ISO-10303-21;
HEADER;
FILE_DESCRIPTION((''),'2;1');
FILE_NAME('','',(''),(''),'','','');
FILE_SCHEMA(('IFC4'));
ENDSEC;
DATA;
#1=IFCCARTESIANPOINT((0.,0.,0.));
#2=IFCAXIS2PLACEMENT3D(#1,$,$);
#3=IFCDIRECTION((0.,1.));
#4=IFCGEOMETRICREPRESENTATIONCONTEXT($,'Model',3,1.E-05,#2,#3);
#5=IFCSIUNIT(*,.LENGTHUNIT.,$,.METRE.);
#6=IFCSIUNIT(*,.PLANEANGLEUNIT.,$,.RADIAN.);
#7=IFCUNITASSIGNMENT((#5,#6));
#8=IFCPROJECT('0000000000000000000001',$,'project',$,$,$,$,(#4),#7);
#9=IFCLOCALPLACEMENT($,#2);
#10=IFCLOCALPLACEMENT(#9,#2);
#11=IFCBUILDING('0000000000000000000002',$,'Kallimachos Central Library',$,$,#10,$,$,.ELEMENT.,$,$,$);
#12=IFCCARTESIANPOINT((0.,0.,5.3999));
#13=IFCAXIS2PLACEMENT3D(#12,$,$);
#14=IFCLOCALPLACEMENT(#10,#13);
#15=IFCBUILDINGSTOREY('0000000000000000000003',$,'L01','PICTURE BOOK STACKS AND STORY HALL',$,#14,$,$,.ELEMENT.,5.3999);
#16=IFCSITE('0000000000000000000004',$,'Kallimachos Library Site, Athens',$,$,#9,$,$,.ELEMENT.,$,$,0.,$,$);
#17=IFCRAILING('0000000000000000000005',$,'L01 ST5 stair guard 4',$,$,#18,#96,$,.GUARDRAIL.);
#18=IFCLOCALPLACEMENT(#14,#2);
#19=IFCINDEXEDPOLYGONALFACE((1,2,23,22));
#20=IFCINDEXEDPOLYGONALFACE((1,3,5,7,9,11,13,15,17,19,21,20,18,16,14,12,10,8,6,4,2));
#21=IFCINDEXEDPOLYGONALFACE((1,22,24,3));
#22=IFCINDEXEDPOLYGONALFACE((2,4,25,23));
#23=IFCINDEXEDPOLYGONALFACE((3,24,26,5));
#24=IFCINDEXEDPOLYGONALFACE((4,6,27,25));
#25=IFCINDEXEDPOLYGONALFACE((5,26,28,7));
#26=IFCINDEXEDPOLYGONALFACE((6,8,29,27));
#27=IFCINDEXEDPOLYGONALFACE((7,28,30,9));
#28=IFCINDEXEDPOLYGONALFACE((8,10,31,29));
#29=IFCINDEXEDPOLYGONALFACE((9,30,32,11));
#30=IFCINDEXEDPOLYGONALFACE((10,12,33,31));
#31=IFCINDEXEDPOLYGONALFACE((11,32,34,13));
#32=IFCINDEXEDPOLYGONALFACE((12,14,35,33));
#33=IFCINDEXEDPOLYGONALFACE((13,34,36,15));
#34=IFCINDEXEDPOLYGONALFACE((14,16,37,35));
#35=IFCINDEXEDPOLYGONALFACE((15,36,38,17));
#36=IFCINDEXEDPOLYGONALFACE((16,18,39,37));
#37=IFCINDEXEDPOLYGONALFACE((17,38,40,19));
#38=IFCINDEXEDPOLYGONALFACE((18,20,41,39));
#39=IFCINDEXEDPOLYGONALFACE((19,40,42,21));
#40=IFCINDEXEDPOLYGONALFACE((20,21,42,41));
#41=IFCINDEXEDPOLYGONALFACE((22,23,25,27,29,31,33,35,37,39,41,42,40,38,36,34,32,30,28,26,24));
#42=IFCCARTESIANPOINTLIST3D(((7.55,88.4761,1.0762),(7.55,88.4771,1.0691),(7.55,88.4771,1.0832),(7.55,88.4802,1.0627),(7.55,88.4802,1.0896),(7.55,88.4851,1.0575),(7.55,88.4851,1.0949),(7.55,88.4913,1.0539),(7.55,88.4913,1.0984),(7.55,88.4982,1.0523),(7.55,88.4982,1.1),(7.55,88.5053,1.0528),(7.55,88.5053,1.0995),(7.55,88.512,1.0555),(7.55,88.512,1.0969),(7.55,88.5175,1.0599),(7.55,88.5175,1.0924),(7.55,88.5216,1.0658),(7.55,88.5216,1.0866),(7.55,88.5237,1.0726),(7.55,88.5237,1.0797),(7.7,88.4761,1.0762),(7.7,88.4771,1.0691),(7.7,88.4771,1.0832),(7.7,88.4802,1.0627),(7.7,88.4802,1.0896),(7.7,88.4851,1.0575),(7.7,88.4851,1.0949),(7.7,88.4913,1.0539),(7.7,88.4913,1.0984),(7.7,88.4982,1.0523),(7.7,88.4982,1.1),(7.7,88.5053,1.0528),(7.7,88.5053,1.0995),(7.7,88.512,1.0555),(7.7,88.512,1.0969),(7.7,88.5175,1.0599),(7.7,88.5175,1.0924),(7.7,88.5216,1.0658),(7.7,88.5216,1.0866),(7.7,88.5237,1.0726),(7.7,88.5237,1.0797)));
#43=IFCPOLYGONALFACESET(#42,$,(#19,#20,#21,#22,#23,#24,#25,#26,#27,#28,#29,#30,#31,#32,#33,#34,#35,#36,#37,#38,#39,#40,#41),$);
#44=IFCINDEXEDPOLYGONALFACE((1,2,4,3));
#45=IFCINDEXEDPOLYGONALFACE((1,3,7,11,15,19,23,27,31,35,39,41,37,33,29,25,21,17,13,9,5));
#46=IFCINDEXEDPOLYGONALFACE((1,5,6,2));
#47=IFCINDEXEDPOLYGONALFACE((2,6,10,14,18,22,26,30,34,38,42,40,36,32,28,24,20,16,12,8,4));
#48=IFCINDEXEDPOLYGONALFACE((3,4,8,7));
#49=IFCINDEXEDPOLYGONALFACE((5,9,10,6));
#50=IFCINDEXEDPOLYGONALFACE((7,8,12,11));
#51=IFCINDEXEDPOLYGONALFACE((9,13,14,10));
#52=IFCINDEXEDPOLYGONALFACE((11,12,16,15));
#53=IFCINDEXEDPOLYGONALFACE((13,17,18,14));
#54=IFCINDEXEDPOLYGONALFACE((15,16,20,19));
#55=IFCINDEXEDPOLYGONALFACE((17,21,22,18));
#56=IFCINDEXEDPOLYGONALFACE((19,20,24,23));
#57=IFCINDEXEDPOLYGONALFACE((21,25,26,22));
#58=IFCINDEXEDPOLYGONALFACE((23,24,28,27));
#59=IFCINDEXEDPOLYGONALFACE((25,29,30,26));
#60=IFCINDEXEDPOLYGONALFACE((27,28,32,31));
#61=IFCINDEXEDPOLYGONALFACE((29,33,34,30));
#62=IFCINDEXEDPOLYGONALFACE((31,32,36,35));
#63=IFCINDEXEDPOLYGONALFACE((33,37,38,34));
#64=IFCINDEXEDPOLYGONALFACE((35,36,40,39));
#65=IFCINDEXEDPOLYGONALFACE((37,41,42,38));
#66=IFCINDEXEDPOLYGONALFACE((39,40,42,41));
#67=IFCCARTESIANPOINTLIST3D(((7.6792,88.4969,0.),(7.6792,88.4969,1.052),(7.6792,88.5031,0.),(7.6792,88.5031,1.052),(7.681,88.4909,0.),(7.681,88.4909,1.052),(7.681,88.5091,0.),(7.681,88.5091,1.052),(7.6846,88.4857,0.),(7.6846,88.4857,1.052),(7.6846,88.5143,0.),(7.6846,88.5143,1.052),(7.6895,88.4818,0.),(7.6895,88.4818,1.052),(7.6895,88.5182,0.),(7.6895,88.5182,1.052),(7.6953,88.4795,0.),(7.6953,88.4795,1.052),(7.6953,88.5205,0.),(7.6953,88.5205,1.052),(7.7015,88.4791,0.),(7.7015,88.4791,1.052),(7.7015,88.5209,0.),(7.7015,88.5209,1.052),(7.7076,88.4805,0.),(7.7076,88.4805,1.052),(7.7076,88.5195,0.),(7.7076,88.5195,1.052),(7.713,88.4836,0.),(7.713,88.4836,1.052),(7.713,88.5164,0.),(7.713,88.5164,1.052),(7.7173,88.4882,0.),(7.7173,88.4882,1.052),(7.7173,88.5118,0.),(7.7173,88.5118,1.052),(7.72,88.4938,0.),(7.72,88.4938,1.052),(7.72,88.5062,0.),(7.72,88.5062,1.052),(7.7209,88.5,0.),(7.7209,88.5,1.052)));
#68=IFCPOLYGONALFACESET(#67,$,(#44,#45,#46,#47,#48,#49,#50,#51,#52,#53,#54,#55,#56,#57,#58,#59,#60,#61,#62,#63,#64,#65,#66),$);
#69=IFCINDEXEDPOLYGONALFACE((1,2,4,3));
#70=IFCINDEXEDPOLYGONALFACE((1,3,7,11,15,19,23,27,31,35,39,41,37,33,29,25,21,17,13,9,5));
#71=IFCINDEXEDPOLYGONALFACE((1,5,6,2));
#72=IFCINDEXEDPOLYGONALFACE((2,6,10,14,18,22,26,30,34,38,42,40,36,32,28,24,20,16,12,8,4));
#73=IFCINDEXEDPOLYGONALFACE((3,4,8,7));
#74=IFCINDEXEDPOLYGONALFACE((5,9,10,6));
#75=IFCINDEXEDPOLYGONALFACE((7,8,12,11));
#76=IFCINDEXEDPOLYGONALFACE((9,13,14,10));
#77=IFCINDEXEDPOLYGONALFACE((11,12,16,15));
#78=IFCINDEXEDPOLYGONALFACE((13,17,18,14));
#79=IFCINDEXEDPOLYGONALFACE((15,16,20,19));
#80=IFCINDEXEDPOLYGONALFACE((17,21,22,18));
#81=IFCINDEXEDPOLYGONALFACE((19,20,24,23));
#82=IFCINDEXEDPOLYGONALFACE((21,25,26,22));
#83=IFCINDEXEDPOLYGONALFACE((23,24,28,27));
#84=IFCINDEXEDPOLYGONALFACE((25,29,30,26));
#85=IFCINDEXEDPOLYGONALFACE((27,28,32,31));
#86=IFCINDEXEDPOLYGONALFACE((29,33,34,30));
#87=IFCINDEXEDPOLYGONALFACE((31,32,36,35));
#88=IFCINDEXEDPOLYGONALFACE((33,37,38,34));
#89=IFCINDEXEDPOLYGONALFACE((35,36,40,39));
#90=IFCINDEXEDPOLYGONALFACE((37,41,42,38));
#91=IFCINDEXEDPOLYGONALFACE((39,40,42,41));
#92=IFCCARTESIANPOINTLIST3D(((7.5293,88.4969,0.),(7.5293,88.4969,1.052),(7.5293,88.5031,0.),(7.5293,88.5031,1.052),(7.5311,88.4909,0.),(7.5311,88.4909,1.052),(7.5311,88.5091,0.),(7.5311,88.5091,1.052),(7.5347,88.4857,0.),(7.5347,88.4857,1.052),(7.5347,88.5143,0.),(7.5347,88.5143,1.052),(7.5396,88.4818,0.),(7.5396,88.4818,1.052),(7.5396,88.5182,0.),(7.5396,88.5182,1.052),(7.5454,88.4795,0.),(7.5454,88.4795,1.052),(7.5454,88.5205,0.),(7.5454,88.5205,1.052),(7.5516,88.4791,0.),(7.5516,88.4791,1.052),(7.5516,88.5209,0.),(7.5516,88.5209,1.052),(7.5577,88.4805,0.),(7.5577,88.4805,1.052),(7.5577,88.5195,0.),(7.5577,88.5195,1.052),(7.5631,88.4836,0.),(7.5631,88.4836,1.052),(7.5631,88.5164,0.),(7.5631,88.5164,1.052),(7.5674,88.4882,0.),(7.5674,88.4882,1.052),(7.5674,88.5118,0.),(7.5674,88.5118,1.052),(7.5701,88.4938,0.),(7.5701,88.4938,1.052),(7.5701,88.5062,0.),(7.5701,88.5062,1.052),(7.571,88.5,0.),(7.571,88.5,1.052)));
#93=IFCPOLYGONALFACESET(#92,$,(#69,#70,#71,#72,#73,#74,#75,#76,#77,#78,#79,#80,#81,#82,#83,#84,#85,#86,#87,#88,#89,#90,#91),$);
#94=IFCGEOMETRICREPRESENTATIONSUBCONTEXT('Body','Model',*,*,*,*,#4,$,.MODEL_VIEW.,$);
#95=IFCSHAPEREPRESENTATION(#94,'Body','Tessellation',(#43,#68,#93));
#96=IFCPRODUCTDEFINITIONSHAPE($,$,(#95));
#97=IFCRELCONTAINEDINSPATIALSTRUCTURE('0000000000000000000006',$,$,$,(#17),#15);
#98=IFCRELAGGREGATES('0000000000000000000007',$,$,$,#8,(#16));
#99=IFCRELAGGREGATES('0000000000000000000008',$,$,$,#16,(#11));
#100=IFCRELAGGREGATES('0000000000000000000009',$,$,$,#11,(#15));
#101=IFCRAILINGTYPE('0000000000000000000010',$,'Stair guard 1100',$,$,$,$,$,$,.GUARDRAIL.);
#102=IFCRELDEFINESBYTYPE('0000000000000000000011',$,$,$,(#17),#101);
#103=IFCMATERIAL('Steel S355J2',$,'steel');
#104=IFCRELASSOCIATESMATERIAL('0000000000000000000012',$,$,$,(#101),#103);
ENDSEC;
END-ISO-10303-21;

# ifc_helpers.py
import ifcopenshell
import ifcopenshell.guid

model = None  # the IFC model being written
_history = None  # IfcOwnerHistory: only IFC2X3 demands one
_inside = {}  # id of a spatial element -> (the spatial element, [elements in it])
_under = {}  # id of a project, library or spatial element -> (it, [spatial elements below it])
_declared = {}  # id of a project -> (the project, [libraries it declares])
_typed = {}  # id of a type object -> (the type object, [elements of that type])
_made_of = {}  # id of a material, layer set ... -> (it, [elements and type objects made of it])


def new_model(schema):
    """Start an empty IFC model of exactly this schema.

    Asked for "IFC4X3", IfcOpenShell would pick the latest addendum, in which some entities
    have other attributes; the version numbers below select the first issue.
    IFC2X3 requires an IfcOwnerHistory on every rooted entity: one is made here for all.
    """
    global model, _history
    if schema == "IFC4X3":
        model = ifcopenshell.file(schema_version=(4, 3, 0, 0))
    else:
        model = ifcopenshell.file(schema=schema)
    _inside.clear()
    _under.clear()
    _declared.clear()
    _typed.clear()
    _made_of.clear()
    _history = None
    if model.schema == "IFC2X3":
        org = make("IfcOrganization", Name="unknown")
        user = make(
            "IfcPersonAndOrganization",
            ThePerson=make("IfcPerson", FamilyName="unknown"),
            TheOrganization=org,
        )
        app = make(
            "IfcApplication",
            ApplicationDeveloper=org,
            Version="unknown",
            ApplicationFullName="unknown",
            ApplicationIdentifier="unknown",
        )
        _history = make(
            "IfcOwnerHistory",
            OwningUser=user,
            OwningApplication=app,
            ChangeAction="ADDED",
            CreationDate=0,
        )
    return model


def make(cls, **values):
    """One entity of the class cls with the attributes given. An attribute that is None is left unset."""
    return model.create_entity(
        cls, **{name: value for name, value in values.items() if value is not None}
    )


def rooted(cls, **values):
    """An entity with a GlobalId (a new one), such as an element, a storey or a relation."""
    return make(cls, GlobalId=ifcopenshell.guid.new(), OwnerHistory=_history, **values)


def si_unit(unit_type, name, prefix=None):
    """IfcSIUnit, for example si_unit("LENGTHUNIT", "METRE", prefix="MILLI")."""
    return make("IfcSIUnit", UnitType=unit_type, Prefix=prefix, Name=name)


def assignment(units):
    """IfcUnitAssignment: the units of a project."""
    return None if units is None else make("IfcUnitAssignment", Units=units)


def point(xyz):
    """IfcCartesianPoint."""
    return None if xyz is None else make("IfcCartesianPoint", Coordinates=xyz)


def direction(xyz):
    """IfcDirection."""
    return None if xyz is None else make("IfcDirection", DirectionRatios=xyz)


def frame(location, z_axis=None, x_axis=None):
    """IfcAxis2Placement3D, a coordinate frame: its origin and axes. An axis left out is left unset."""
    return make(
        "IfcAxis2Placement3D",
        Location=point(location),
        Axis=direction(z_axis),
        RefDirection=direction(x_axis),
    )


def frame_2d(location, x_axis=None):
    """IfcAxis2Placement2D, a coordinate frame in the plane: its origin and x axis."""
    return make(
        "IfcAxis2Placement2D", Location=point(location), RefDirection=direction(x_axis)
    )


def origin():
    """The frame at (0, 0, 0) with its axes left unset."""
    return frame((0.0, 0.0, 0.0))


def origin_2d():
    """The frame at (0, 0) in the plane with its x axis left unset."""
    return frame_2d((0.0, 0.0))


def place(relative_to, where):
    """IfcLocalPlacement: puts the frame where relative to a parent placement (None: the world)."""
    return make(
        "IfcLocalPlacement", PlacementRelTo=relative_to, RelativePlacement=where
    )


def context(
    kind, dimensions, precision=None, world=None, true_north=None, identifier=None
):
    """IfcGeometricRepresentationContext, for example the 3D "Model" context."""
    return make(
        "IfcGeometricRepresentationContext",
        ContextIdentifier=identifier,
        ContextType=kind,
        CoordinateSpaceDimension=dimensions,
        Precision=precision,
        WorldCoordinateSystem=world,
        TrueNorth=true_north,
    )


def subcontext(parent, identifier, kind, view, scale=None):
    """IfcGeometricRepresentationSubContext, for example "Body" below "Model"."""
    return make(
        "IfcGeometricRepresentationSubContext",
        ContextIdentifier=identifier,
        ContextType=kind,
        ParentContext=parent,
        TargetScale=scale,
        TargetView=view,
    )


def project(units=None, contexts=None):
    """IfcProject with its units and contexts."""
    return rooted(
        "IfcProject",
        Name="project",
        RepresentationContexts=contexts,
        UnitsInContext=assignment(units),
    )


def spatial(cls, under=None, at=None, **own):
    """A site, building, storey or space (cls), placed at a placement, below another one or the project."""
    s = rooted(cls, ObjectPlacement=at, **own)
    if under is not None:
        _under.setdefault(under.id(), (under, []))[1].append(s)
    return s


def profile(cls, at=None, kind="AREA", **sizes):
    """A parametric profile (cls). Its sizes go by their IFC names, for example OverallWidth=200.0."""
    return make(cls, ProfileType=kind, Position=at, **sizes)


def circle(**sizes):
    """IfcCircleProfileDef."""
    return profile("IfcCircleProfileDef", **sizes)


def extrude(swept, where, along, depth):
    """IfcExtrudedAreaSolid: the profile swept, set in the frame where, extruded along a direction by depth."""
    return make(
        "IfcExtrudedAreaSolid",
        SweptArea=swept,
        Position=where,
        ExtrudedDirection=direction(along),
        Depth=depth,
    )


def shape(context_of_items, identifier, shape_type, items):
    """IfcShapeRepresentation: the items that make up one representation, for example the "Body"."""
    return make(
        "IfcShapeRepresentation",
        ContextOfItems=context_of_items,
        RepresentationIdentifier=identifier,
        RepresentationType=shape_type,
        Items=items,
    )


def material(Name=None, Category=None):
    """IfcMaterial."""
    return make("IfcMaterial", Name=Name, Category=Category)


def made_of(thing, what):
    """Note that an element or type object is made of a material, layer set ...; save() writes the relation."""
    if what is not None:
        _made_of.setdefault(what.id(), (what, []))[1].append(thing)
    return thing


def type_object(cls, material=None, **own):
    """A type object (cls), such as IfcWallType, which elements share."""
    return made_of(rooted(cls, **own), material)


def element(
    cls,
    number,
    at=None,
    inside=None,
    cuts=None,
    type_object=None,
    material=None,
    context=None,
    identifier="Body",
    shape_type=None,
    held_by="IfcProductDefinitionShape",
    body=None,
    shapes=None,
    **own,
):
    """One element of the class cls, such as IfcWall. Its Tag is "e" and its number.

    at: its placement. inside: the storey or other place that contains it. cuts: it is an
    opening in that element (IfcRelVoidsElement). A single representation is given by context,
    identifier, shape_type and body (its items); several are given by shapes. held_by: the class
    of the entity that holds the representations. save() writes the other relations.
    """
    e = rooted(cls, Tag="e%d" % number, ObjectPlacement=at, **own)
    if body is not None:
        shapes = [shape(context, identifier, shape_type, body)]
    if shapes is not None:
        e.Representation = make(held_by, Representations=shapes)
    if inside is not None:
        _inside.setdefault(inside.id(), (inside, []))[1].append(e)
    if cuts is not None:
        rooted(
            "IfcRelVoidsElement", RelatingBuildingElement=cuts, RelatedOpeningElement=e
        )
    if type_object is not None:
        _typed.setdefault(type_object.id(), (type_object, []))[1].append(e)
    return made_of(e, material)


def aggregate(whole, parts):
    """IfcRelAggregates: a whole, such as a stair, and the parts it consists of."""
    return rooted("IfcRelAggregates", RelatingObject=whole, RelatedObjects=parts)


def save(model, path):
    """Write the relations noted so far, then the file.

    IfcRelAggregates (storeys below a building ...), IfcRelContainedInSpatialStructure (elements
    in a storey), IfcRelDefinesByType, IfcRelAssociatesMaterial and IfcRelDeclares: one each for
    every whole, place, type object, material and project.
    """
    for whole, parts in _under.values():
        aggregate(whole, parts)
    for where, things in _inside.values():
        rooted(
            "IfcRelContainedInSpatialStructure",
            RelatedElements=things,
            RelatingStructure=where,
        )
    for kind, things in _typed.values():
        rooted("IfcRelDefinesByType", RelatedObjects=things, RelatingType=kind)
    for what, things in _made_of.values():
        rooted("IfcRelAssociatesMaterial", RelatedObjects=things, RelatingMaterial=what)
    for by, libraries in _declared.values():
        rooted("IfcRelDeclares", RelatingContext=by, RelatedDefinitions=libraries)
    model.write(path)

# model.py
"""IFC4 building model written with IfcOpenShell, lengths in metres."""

from ifc_helpers import new_model, si_unit, direction, frame, origin, origin_2d, place, context, subcontext, project, spatial, circle, extrude, material, type_object, element, save


model = new_model("IFC4")

# Units and contexts
model_context = context("Model", 3, precision=1e-05, world=origin(), true_north=direction((0.0, 1.0)))
body_context = subcontext(model_context, "Body", "Model", "MODEL_VIEW")
ifc_project = project(units=[si_unit("LENGTHUNIT", "METRE"), si_unit("PLANEANGLEUNIT", "RADIAN")], contexts=[model_context])

# Site, building, storey
site_placement = place(None, origin())
site = spatial("IfcSite", under=ifc_project, at=site_placement, Name="Kallimachos Library Site, Athens", CompositionType="ELEMENT", RefElevation=0.0)
building_placement = place(site_placement, origin())
building = spatial("IfcBuilding", under=site, at=building_placement, Name="Kallimachos Central Library", CompositionType="ELEMENT")
storey_placement = place(building_placement, frame((0.0, 0.0, 5.3999)))
storey = spatial("IfcBuildingStorey", under=building, at=storey_placement, Name="L01", Description="PICTURE BOOK STACKS AND STORY HALL", CompositionType="ELEMENT", Elevation=5.3999)

# Railing
ifc_material_1 = material(Name="Steel S355J2", Category="steel")
railing_type_1 = type_object("IfcRailingType", Name="Stair guard 1100", PredefinedType="GUARDRAIL", material=ifc_material_1)
railing_1_placement = place(storey_placement, frame((7.7, 88.5, 0.0)))
element("IfcRailing", 1, at=railing_1_placement, inside=storey, type_object=railing_type_1, Name="L01 ST5 stair guard 4", PredefinedType="GUARDRAIL", context=body_context, shape_type="SweptSolid", body=[
    extrude(circle(Radius=0.0239, at=origin_2d()), frame((0.0, 0.0, 1.0762), z_axis=(-1.0, 0.0, 0.0), x_axis=(0.0, -1.0, 0.0)), (0.0, 0.0, 1.0), 0.1499),
    extrude(circle(Radius=0.021, at=origin_2d()), origin(), (0.0, 0.0, 1.0), 1.052),
    extrude(circle(Radius=0.021, at=origin_2d()), frame((-0.1499, 0.0, 0.0)), (0.0, 0.0, 1.0), 1.052),
])

save(model, "model.ifc")
